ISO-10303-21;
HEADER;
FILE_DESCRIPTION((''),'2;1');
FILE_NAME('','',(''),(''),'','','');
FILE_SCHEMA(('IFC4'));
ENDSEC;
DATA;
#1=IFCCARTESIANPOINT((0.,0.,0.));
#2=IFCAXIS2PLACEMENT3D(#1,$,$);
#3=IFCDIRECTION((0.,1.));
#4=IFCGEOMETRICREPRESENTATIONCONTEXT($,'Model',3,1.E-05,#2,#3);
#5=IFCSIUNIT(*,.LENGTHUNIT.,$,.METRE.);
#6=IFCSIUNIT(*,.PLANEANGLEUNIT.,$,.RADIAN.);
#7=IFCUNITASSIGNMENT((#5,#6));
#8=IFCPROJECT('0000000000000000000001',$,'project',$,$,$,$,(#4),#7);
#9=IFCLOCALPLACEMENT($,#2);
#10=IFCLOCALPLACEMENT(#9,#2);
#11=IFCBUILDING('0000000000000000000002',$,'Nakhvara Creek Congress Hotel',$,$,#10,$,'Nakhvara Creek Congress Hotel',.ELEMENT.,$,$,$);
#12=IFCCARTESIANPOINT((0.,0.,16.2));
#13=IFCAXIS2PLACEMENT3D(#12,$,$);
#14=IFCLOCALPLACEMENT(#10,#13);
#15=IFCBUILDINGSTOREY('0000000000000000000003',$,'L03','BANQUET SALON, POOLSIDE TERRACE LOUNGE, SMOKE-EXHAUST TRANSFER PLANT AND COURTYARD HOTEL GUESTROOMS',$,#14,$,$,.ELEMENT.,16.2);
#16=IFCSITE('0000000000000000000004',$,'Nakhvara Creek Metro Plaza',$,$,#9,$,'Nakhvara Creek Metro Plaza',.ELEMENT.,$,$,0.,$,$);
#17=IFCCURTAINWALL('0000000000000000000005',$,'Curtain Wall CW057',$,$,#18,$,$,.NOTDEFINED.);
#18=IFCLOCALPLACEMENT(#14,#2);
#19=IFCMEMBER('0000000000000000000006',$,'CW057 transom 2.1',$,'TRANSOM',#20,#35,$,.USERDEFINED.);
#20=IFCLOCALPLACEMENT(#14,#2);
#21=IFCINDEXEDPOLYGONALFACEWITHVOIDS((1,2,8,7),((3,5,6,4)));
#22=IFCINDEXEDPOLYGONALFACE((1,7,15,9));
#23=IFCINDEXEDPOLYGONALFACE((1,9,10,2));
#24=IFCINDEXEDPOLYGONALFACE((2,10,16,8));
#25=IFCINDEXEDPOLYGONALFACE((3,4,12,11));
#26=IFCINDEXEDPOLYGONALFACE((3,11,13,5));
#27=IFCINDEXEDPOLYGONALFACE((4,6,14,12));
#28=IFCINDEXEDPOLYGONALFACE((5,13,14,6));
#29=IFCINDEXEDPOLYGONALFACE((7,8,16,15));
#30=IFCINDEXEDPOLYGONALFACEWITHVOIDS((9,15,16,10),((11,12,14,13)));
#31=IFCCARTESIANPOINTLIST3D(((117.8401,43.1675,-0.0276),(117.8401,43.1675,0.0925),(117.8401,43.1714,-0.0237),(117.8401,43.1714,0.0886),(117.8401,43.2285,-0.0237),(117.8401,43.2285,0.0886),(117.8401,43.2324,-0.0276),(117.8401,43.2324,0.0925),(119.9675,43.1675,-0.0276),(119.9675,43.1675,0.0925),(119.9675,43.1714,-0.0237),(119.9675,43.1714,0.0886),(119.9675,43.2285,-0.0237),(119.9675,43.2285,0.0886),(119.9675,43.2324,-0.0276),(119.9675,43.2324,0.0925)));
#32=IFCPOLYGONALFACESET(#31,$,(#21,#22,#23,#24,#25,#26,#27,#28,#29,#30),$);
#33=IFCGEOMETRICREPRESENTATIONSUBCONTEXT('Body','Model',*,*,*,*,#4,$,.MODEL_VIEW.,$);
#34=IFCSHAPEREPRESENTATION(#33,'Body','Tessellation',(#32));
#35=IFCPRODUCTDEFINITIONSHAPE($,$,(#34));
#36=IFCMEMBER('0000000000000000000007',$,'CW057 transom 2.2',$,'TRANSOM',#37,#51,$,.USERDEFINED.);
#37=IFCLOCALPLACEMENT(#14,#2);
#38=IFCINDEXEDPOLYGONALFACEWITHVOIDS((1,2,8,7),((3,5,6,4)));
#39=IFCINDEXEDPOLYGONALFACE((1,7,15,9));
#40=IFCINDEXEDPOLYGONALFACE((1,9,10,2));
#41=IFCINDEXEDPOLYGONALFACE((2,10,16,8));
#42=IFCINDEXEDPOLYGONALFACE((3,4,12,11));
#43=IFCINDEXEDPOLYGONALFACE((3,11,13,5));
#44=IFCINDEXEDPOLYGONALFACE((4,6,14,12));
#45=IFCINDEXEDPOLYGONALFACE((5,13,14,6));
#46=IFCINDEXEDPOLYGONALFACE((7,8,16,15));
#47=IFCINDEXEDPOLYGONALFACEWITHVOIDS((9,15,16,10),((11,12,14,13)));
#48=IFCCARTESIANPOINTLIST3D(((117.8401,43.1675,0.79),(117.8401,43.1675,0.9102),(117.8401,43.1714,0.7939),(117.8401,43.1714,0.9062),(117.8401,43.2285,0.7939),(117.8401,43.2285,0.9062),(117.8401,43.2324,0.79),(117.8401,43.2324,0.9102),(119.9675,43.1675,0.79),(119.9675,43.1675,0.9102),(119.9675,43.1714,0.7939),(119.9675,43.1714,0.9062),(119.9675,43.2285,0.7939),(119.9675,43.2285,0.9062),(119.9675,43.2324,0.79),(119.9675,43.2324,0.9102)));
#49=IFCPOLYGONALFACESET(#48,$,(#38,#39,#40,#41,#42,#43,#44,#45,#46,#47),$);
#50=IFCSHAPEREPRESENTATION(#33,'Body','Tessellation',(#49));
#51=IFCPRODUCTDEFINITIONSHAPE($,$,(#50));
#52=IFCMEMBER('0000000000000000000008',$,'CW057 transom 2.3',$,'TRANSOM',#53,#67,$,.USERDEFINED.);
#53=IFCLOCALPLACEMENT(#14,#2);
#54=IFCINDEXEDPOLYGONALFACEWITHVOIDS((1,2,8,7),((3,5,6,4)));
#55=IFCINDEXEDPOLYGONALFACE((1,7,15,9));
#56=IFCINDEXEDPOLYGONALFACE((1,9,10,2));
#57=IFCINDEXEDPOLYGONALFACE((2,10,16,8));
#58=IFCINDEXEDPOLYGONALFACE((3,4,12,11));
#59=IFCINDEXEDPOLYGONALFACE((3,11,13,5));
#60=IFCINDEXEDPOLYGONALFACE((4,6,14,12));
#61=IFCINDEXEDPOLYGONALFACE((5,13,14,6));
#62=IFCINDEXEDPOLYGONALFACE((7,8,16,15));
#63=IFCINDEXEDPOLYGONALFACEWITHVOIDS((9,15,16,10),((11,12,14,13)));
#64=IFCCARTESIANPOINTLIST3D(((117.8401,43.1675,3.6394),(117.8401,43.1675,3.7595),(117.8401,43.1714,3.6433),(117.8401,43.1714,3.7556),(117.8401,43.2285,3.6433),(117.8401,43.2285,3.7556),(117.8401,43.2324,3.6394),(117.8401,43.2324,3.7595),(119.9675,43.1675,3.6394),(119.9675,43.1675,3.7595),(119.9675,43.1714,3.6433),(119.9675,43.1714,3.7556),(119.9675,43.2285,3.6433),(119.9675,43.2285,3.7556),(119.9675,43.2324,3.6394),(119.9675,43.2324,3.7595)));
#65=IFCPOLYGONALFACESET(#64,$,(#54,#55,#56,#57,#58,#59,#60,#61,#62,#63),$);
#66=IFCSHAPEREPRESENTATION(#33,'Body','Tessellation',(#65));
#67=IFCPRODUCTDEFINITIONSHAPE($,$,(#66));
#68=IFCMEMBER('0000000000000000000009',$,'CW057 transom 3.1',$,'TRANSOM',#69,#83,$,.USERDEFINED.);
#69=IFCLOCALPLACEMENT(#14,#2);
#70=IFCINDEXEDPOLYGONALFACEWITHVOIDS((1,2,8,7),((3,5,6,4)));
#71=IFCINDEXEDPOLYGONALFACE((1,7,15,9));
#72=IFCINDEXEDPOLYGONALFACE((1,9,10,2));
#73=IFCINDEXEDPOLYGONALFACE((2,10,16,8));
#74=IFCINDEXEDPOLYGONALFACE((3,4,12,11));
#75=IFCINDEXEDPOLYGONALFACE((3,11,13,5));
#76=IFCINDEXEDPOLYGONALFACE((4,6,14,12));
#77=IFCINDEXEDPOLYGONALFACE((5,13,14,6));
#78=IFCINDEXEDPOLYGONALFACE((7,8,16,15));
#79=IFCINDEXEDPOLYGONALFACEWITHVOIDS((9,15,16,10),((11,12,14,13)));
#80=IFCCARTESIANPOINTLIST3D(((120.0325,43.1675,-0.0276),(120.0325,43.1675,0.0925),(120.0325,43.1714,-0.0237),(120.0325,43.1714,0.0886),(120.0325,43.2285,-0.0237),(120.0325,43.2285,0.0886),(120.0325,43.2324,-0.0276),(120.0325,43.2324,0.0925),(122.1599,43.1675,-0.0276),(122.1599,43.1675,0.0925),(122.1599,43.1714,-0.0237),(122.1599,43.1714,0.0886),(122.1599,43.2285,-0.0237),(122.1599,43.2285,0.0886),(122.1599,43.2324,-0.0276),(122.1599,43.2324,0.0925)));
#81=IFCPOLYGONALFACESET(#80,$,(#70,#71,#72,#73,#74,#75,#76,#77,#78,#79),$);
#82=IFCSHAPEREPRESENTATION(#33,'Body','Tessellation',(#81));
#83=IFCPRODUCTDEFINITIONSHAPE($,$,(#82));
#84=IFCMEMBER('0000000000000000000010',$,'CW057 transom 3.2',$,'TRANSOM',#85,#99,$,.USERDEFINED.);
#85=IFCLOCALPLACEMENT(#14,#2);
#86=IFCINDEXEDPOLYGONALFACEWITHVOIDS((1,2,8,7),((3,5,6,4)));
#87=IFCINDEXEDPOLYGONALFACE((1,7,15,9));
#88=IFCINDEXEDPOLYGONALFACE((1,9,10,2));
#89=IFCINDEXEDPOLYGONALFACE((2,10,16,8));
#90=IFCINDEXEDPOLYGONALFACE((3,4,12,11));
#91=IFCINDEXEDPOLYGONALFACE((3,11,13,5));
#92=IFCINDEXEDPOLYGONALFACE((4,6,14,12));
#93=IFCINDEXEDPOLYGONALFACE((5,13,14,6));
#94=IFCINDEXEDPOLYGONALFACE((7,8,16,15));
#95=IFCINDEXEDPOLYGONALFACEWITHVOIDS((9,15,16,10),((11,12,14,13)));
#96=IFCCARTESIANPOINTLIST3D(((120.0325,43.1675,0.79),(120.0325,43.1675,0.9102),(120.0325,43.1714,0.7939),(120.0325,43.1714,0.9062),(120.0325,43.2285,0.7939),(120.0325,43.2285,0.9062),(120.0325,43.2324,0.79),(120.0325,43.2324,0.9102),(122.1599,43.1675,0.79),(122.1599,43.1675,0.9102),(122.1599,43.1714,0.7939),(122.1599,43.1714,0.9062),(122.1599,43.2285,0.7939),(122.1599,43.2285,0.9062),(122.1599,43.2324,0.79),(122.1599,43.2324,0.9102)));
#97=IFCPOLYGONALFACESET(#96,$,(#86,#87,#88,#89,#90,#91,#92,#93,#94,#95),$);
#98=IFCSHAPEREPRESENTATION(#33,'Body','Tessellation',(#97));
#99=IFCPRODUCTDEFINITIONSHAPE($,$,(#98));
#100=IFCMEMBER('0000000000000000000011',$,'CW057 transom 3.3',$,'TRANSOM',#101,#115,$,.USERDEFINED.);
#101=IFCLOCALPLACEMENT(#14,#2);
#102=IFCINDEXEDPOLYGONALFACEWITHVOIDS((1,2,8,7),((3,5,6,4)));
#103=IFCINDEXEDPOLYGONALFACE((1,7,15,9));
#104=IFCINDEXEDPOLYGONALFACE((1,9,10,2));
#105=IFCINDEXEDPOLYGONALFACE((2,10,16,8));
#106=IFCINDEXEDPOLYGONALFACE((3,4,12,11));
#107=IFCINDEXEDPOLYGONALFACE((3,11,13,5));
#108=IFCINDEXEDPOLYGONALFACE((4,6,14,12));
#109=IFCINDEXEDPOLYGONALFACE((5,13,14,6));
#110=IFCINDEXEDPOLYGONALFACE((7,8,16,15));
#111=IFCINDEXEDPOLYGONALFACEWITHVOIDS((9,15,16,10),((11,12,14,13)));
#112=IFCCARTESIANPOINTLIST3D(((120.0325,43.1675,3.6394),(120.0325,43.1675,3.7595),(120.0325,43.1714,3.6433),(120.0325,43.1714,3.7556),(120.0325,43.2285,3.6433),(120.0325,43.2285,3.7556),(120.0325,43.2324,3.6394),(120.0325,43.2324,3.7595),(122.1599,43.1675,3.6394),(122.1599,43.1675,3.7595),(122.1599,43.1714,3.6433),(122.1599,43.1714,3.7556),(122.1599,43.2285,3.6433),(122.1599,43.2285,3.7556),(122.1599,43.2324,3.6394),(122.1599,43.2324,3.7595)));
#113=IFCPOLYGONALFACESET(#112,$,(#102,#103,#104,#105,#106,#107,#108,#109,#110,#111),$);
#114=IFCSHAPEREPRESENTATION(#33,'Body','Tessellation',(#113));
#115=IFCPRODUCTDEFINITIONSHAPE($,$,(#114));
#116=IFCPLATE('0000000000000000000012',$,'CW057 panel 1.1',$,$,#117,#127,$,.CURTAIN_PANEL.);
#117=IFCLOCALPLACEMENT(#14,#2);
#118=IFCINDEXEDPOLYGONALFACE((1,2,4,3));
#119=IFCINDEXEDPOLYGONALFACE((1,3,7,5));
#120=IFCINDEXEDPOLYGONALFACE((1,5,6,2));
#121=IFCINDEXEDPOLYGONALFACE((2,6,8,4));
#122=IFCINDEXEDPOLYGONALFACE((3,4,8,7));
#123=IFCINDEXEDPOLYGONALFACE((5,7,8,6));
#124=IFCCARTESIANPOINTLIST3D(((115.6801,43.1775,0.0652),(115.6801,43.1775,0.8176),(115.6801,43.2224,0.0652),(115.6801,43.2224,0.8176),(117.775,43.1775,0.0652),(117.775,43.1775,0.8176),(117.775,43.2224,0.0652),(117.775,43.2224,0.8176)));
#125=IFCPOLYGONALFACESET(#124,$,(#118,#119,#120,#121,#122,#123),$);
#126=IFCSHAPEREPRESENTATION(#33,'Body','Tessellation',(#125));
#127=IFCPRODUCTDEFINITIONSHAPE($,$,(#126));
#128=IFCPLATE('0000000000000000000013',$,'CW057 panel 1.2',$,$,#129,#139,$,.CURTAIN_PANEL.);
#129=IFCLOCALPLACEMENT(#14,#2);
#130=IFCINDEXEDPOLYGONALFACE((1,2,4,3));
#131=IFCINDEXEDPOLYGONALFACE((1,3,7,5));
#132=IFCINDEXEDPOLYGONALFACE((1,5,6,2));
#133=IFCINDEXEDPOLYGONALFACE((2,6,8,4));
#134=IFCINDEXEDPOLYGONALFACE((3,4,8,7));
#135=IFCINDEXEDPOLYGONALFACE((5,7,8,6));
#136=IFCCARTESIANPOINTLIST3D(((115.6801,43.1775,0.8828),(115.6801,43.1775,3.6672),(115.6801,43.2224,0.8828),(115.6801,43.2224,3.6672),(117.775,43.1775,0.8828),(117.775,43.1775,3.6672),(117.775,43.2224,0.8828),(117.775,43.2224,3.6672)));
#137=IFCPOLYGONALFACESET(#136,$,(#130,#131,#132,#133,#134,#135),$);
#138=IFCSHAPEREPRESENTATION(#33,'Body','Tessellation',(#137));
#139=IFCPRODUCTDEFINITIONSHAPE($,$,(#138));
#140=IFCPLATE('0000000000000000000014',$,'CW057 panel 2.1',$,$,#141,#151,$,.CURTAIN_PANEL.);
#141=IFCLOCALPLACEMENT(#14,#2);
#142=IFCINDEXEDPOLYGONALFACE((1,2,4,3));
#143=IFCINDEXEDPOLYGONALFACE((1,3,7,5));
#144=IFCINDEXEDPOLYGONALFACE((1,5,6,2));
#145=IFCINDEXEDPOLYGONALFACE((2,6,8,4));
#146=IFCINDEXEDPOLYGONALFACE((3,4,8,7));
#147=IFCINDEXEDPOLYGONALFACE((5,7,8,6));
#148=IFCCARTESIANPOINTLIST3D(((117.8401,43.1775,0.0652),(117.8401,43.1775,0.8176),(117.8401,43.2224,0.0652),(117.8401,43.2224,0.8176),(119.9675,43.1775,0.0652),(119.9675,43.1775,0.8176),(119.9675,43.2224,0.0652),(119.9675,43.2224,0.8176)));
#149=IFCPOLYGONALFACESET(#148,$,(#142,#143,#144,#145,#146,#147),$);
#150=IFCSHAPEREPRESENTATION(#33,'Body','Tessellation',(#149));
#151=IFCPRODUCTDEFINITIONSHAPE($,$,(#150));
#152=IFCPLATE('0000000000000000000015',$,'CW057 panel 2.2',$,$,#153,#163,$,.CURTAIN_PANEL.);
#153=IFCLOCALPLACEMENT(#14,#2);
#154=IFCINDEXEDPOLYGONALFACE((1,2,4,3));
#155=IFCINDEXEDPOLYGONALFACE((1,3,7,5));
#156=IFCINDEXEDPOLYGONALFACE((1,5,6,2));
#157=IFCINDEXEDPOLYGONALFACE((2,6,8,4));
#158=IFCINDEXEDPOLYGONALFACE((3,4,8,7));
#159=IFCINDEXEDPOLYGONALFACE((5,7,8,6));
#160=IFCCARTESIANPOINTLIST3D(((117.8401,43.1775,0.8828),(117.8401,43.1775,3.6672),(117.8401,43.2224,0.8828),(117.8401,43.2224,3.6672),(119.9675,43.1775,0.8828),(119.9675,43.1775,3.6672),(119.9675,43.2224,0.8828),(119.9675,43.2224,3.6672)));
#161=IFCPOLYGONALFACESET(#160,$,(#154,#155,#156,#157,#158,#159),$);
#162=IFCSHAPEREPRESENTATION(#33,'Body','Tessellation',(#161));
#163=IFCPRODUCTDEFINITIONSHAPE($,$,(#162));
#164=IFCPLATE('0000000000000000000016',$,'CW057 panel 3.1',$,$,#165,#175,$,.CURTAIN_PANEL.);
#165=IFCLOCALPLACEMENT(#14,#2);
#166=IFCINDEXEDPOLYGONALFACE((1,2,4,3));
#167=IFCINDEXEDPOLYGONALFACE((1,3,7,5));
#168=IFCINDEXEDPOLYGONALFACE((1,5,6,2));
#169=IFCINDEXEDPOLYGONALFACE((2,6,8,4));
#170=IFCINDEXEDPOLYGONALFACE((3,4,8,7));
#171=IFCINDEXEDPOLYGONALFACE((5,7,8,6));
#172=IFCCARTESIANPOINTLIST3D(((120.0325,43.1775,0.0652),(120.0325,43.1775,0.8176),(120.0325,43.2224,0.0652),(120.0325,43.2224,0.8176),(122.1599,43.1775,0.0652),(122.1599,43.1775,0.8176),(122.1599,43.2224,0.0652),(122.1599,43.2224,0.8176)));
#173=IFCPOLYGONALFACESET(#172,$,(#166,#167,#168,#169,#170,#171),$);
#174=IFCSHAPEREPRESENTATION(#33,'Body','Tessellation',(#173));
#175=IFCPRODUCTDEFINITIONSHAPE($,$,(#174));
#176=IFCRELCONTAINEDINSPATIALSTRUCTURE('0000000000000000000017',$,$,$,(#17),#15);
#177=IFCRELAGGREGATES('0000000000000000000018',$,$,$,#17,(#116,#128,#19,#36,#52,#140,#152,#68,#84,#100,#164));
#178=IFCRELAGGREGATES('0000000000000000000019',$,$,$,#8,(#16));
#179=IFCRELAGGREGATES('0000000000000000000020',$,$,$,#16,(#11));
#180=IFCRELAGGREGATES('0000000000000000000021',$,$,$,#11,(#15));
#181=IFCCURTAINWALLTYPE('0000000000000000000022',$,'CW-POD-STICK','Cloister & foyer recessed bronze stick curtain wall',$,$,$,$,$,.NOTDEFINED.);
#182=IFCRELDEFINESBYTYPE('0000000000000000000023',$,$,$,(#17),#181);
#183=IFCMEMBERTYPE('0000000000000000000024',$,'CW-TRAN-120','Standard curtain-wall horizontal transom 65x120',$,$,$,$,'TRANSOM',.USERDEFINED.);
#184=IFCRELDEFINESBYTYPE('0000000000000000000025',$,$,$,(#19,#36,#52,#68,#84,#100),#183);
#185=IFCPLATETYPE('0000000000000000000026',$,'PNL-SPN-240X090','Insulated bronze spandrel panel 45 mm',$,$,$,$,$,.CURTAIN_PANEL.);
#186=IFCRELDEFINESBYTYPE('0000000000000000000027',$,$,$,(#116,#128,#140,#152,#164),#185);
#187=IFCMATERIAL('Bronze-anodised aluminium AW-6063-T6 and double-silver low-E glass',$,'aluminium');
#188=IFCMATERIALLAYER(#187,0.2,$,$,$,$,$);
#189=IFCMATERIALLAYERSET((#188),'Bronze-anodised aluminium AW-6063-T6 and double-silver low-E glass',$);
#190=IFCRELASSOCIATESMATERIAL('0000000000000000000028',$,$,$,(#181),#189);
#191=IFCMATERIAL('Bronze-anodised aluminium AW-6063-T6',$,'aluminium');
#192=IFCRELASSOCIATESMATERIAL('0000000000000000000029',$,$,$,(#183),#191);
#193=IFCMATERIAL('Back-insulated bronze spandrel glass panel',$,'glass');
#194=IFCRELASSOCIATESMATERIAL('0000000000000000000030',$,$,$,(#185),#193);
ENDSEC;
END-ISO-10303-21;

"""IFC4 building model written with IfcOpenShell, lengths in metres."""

from ifc_helpers import new_model, si_unit, direction, frame, origin, origin_2d, place, context, subcontext, project, spatial, rectangle, hollow_rectangle, extrude, material, layer, layer_set, material_profile, profile_set, type_object, element, aggregate, save


model = new_model("IFC4")

# Units and contexts
model_context = context("Model", 3, precision=1e-05, world=origin(), true_north=direction((0.0, 1.0)))
body_context = subcontext(model_context, "Body", "Model", "MODEL_VIEW")
ifc_project = project(units=[si_unit("LENGTHUNIT", "METRE"), si_unit("PLANEANGLEUNIT", "RADIAN")], contexts=[model_context])

# Site, building, storey
site_placement = place(None, origin())
site = spatial("IfcSite", under=ifc_project, at=site_placement, Name="Nakhvara Creek Metro Plaza", LongName="Nakhvara Creek Metro Plaza", CompositionType="ELEMENT", RefElevation=0.0)
building_placement = place(site_placement, origin())
building = spatial("IfcBuilding", under=site, at=building_placement, Name="Nakhvara Creek Congress Hotel", LongName="Nakhvara Creek Congress Hotel", CompositionType="ELEMENT")
storey_placement = place(building_placement, frame((0.0, 0.0, 16.2)))
storey = spatial("IfcBuildingStorey", under=building, at=storey_placement, Name="L03", Description="BANQUET SALON, POOLSIDE TERRACE LOUNGE, SMOKE-EXHAUST TRANSFER PLANT AND COURTYARD HOTEL GUESTROOMS", CompositionType="ELEMENT", Elevation=16.2)

# Curtain wall, members, plates
ifc_material_1 = material(Name="Bronze-anodised aluminium AW-6063-T6 and double-silver low-E glass", Category="aluminium")
ifc_layer = layer(ifc_material_1, 0.2)
ifc_layer_set = layer_set([ifc_layer], Name="Bronze-anodised aluminium AW-6063-T6 and double-silver low-E glass")
curtain_wall_type = type_object("IfcCurtainWallType", Name="CW-POD-STICK", Description="Cloister & foyer recessed bronze stick curtain wall", PredefinedType="NOTDEFINED", material=ifc_layer_set)
curtain_wall_placement = place(storey_placement, origin())
curtain_wall = element("IfcCurtainWall", 1, at=curtain_wall_placement, inside=storey, type_object=curtain_wall_type, Name="Curtain Wall CW057", PredefinedType="NOTDEFINED")
ifc_material_2 = material(Name="Bronze-anodised aluminium AW-6063-T6", Category="aluminium")
ifc_material_profile_1 = material_profile(ifc_material_2, hollow_rectangle(XDim=0.0649, YDim=0.1201, WallThickness=0.0039, at=origin_2d()), Name="ALU-TRAN 65x120x4", Category="LoadBearing")
ifc_profile_set_1 = profile_set([ifc_material_profile_1], Name="Bronze-anodised aluminium AW-6063-T6")
member_type_1 = type_object("IfcMemberType", Name="CW-TRAN-120", Description="Standard curtain-wall horizontal transom 65x120", ElementType="TRANSOM", PredefinedType="USERDEFINED", material=ifc_profile_set_1)
member_1_placement = place(storey_placement, frame((117.8401, 43.2, 0.0325), z_axis=(1.0, 0.0, 0.0), x_axis=(0.0, 1.0, 0.0)))
member_1 = element("IfcMember", 2, at=member_1_placement, type_object=member_type_1, Name="CW057 transom 2.1", ObjectType="TRANSOM", PredefinedType="USERDEFINED", context=body_context, shape_type="SweptSolid", body=[
    extrude(hollow_rectangle(XDim=0.0649, YDim=0.1201, WallThickness=0.0039, at=origin_2d()), origin(), (0.0, 0.0, 1.0), 2.1274),
])
member_2_placement = place(storey_placement, frame((117.8401, 43.2, 0.8501), z_axis=(1.0, 0.0, 0.0), x_axis=(0.0, 1.0, 0.0)))
member_2 = element("IfcMember", 3, at=member_2_placement, type_object=member_type_1, Name="CW057 transom 2.2", ObjectType="TRANSOM", PredefinedType="USERDEFINED", context=body_context, shape_type="SweptSolid", body=[
    extrude(hollow_rectangle(XDim=0.0649, YDim=0.1201, WallThickness=0.0039, at=origin_2d()), origin(), (0.0, 0.0, 1.0), 2.1274),
])
member_3_placement = place(storey_placement, frame((117.8401, 43.2, 3.6995), z_axis=(1.0, 0.0, 0.0), x_axis=(0.0, 1.0, 0.0)))
member_3 = element("IfcMember", 4, at=member_3_placement, type_object=member_type_1, Name="CW057 transom 2.3", ObjectType="TRANSOM", PredefinedType="USERDEFINED", context=body_context, shape_type="SweptSolid", body=[
    extrude(hollow_rectangle(XDim=0.0649, YDim=0.1201, WallThickness=0.0039, at=origin_2d()), origin(), (0.0, 0.0, 1.0), 2.1274),
])
member_4_placement = place(storey_placement, frame((120.0325, 43.2, 0.0325), z_axis=(1.0, 0.0, 0.0), x_axis=(0.0, 1.0, 0.0)))
member_4 = element("IfcMember", 5, at=member_4_placement, type_object=member_type_1, Name="CW057 transom 3.1", ObjectType="TRANSOM", PredefinedType="USERDEFINED", context=body_context, shape_type="SweptSolid", body=[
    extrude(hollow_rectangle(XDim=0.0649, YDim=0.1201, WallThickness=0.0039, at=origin_2d()), origin(), (0.0, 0.0, 1.0), 2.1274),
])
member_5_placement = place(storey_placement, frame((120.0325, 43.2, 0.8501), z_axis=(1.0, 0.0, 0.0), x_axis=(0.0, 1.0, 0.0)))
member_5 = element("IfcMember", 6, at=member_5_placement, type_object=member_type_1, Name="CW057 transom 3.2", ObjectType="TRANSOM", PredefinedType="USERDEFINED", context=body_context, shape_type="SweptSolid", body=[
    extrude(hollow_rectangle(XDim=0.0649, YDim=0.1201, WallThickness=0.0039, at=origin_2d()), origin(), (0.0, 0.0, 1.0), 2.1274),
])
member_6_placement = place(storey_placement, frame((120.0325, 43.2, 3.6995), z_axis=(1.0, 0.0, 0.0), x_axis=(0.0, 1.0, 0.0)))
member_6 = element("IfcMember", 7, at=member_6_placement, type_object=member_type_1, Name="CW057 transom 3.3", ObjectType="TRANSOM", PredefinedType="USERDEFINED", context=body_context, shape_type="SweptSolid", body=[
    extrude(hollow_rectangle(XDim=0.0649, YDim=0.1201, WallThickness=0.0039, at=origin_2d()), origin(), (0.0, 0.0, 1.0), 2.1274),
])
ifc_material_3 = material(Name="Back-insulated bronze spandrel glass panel", Category="glass")
plate_type = type_object("IfcPlateType", Name="PNL-SPN-240X090", Description="Insulated bronze spandrel panel 45 mm", PredefinedType="CURTAIN_PANEL", material=ifc_material_3)
plate_1_placement = place(storey_placement, frame((116.7275, 43.2, 0.0652), z_axis=(0.0, 0.0, 1.0), x_axis=(1.0, 0.0, 0.0)))
plate_1 = element("IfcPlate", 8, at=plate_1_placement, type_object=plate_type, Name="CW057 panel 1.1", PredefinedType="CURTAIN_PANEL", context=body_context, shape_type="SweptSolid", body=[
    extrude(rectangle(XDim=2.095, YDim=0.0449, at=origin_2d()), origin(), (0.0, 0.0, 1.0), 0.7524),
])
plate_2_placement = place(storey_placement, frame((116.7275, 43.2, 0.8828), z_axis=(0.0, 0.0, 1.0), x_axis=(1.0, 0.0, 0.0)))
plate_2 = element("IfcPlate", 9, at=plate_2_placement, type_object=plate_type, Name="CW057 panel 1.2", PredefinedType="CURTAIN_PANEL", context=body_context, shape_type="SweptSolid", body=[
    extrude(rectangle(XDim=2.095, YDim=0.0449, at=origin_2d()), origin(), (0.0, 0.0, 1.0), 2.7844),
])
plate_3_placement = place(storey_placement, frame((118.9038, 43.2, 0.0652), z_axis=(0.0, 0.0, 1.0), x_axis=(1.0, 0.0, 0.0)))
plate_3 = element("IfcPlate", 10, at=plate_3_placement, type_object=plate_type, Name="CW057 panel 2.1", PredefinedType="CURTAIN_PANEL", context=body_context, shape_type="SweptSolid", body=[
    extrude(rectangle(XDim=2.1274, YDim=0.0449, at=origin_2d()), origin(), (0.0, 0.0, 1.0), 0.7524),
])
plate_4_placement = place(storey_placement, frame((118.9038, 43.2, 0.8828), z_axis=(0.0, 0.0, 1.0), x_axis=(1.0, 0.0, 0.0)))
plate_4 = element("IfcPlate", 11, at=plate_4_placement, type_object=plate_type, Name="CW057 panel 2.2", PredefinedType="CURTAIN_PANEL", context=body_context, shape_type="SweptSolid", body=[
    extrude(rectangle(XDim=2.1274, YDim=0.0449, at=origin_2d()), origin(), (0.0, 0.0, 1.0), 2.7844),
])
plate_5_placement = place(storey_placement, frame((121.0962, 43.2, 0.0652), z_axis=(0.0, 0.0, 1.0), x_axis=(1.0, 0.0, 0.0)))
plate_5 = element("IfcPlate", 12, at=plate_5_placement, type_object=plate_type, Name="CW057 panel 3.1", PredefinedType="CURTAIN_PANEL", context=body_context, shape_type="SweptSolid", body=[
    extrude(rectangle(XDim=2.1274, YDim=0.0449, at=origin_2d()), origin(), (0.0, 0.0, 1.0), 0.7524),
])
aggregate(curtain_wall, [plate_1, plate_2, member_1, member_2, member_3, plate_3, plate_4, member_4, member_5, member_6, plate_5])

save(model, "model.ifc")
